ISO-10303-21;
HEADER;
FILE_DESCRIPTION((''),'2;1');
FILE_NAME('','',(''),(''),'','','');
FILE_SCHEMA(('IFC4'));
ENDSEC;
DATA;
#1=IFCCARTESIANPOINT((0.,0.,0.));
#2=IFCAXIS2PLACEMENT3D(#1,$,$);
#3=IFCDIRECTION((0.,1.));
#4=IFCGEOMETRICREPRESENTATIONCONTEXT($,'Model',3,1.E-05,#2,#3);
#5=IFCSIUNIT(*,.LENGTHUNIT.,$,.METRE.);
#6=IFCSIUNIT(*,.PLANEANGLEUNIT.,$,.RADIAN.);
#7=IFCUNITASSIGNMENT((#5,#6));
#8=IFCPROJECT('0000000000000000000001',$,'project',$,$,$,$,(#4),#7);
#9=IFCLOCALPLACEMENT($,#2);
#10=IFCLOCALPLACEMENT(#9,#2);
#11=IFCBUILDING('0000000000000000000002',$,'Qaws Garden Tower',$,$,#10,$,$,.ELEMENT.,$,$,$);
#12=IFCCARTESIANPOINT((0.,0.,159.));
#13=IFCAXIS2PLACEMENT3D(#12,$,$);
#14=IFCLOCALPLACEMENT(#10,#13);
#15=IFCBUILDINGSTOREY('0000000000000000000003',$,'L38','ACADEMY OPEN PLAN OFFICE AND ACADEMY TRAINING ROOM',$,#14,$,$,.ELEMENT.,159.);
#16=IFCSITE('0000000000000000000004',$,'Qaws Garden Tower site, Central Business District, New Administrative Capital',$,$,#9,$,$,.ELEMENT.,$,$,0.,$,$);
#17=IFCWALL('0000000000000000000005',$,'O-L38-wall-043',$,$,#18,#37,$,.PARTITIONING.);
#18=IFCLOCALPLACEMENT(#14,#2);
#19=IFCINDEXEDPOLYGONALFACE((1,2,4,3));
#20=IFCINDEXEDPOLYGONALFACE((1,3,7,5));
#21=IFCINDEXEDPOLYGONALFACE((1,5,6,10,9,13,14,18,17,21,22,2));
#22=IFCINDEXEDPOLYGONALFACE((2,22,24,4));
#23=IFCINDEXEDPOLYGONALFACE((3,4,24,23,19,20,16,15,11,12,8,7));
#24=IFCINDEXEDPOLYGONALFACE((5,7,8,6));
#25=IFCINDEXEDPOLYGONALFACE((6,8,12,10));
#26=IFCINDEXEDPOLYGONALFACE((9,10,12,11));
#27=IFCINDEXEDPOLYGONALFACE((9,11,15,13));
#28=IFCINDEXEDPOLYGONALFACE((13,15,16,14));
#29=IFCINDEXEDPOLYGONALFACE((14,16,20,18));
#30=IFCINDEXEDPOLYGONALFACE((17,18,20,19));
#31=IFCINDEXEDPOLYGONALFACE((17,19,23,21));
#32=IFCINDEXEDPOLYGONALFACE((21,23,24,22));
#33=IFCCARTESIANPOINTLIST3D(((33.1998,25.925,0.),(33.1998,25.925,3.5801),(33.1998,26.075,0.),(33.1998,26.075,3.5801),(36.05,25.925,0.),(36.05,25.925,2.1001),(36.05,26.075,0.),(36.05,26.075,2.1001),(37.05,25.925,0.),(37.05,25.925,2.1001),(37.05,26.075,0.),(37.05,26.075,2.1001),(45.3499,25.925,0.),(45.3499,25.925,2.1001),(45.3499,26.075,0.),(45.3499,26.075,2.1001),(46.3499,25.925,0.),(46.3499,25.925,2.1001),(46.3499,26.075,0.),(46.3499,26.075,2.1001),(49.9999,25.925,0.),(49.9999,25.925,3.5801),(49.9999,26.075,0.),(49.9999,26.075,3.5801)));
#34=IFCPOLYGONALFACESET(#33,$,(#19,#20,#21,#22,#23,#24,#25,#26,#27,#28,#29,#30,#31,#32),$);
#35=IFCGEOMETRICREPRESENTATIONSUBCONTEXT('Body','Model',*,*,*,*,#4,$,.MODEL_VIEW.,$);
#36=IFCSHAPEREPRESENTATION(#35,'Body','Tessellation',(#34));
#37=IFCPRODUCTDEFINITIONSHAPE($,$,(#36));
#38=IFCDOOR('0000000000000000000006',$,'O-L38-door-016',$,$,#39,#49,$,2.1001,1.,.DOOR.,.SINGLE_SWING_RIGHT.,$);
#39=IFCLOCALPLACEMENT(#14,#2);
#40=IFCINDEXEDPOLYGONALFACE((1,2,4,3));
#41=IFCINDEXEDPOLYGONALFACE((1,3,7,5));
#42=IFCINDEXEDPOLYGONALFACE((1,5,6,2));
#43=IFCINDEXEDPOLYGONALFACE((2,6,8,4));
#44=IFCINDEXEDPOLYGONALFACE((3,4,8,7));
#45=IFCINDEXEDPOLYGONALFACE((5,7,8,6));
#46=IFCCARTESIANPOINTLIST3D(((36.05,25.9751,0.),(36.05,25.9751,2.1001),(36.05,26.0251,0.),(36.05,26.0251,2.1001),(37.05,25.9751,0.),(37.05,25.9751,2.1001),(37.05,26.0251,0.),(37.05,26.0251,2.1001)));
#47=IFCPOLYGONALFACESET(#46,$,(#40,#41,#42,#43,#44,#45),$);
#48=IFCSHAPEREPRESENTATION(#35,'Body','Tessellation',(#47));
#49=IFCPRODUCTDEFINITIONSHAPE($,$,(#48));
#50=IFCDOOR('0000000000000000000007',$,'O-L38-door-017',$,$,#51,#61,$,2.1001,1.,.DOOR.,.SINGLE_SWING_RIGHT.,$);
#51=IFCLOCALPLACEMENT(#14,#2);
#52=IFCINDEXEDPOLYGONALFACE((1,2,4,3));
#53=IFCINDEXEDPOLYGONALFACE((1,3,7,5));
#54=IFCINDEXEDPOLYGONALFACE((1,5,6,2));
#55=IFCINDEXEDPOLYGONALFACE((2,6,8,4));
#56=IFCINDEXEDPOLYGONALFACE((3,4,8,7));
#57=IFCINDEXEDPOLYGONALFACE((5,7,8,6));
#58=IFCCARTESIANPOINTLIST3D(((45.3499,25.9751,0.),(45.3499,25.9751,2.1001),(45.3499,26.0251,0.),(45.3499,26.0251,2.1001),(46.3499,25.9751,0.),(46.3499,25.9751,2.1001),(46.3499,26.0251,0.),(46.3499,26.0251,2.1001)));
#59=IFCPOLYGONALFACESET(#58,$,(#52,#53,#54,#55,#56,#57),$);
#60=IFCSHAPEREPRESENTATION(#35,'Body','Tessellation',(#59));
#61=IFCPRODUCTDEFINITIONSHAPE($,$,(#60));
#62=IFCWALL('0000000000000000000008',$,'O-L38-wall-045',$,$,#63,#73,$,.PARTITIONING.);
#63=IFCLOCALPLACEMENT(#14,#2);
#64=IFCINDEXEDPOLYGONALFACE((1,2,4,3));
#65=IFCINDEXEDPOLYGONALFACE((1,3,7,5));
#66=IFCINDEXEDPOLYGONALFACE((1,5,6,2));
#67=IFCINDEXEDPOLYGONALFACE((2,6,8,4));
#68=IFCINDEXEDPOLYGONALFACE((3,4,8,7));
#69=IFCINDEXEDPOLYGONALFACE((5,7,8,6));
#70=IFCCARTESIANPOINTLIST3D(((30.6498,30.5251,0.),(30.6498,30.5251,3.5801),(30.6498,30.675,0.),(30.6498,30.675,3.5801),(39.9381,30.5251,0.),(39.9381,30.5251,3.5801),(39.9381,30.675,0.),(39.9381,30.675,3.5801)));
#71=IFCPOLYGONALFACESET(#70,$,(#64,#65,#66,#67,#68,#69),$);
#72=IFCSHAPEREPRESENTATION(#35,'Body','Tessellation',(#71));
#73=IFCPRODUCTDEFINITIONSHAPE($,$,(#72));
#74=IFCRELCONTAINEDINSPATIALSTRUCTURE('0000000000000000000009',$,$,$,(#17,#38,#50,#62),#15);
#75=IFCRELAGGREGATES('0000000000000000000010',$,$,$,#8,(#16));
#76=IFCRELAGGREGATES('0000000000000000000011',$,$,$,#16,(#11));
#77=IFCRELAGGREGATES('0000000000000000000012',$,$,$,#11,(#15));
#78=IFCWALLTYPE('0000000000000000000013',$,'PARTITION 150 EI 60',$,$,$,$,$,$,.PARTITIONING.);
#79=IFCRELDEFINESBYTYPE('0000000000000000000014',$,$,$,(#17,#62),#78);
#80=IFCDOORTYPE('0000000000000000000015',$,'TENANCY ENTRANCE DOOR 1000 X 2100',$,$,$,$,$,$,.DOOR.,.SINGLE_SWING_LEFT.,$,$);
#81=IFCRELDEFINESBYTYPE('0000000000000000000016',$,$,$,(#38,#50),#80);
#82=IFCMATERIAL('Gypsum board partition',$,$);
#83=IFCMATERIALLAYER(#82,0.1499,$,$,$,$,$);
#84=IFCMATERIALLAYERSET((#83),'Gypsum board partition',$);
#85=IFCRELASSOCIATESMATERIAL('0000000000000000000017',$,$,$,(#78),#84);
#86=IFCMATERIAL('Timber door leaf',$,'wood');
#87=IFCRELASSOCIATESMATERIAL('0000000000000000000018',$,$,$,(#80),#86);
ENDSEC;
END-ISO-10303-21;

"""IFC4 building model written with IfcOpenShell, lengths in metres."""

from ifc_helpers import new_model, si_unit, direction, frame, frame_2d, origin, place, context, subcontext, project, spatial, rectangle, extrude, material, layer, layer_set, type_object, element, fill, save


model = new_model("IFC4")

# Units and contexts
model_context = context("Model", 3, precision=1e-05, world=origin(), true_north=direction((0.0, 1.0)))
body_context = subcontext(model_context, "Body", "Model", "MODEL_VIEW")
ifc_project = project(units=[si_unit("LENGTHUNIT", "METRE"), si_unit("PLANEANGLEUNIT", "RADIAN")], contexts=[model_context])

# Site, building, storey
site_placement = place(None, origin())
site = spatial("IfcSite", under=ifc_project, at=site_placement, Name="Qaws Garden Tower site, Central Business District, New Administrative Capital", CompositionType="ELEMENT", RefElevation=0.0)
building_placement = place(site_placement, origin())
building = spatial("IfcBuilding", under=site, at=building_placement, Name="Qaws Garden Tower", CompositionType="ELEMENT")
storey_placement = place(building_placement, frame((0.0, 0.0, 159.0)))
storey = spatial("IfcBuildingStorey", under=building, at=storey_placement, Name="L38", Description="ACADEMY OPEN PLAN OFFICE AND ACADEMY TRAINING ROOM", CompositionType="ELEMENT", Elevation=159.0)

# Shared definitions
ifc_material_1 = material(Name="Gypsum board partition")
ifc_layer_1 = layer(ifc_material_1, 0.1499)
ifc_layer_set_1 = layer_set([ifc_layer_1], Name="Gypsum board partition")
wall_type_1 = type_object("IfcWallType", Name="PARTITION 150 EI 60", PredefinedType="PARTITIONING", material=ifc_layer_set_1)

# Shared definitions
ifc_material_2 = material(Name="Timber door leaf", Category="wood")
door_type_1 = type_object("IfcDoorType", Name="TENANCY ENTRANCE DOOR 1000 X 2100", OperationType="SINGLE_SWING_LEFT", PredefinedType="DOOR", material=ifc_material_2)

# Wall, openings, doors
wall_1_placement = place(storey_placement, frame((33.2, 26.0, 0.0), z_axis=(0.0, 0.0, 1.0), x_axis=(1.0, 0.0, 0.0)))
wall_1 = element("IfcWall", 1, at=wall_1_placement, inside=storey, type_object=wall_type_1, Name="O-L38-wall-043", PredefinedType="PARTITIONING", context=body_context, shape_type="SweptSolid", body=[
    extrude(rectangle(XDim=16.8, YDim=0.1499, at=frame_2d((8.3999, 0.0))), origin(), (0.0, 0.0, 1.0), 3.5801),
])
opening_1_placement = place(wall_1_placement, frame((2.8501, 0.0, 0.0)))
opening_1 = element("IfcOpeningElement", 2, at=opening_1_placement, cuts=wall_1, PredefinedType="OPENING", context=body_context, shape_type="SweptSolid", body=[
    extrude(rectangle(XDim=1.0, YDim=2.1001, at=frame_2d((0.5, 1.05))), frame((0.0, 0.085, 0.0), z_axis=(0.0, -1.0, 0.0), x_axis=(1.0, 0.0, 0.0)), (0.0, 0.0, 1.0), 0.1699),
])
opening_2_placement = place(wall_1_placement, frame((12.1499, 0.0, 0.0)))
opening_2 = element("IfcOpeningElement", 3, at=opening_2_placement, cuts=wall_1, PredefinedType="OPENING", context=body_context, shape_type="SweptSolid", body=[
    extrude(rectangle(XDim=1.0, YDim=2.1001, at=frame_2d((0.5, 1.05))), frame((0.0, 0.085, 0.0), z_axis=(0.0, -1.0, 0.0), x_axis=(1.0, 0.0, 0.0)), (0.0, 0.0, 1.0), 0.1699),
])
door_1_placement = place(opening_1_placement, frame((1.0, 0.0, 0.0), z_axis=(0.0, 0.0, 1.0), x_axis=(-1.0, 0.0, 0.0)))
door_1 = element("IfcDoor", 4, at=door_1_placement, inside=storey, type_object=door_type_1, Name="O-L38-door-016", OperationType="SINGLE_SWING_RIGHT", OverallHeight=2.1001, OverallWidth=1.0, PredefinedType="DOOR", context=body_context, shape_type="SweptSolid", body=[
    extrude(rectangle(XDim=1.0, YDim=2.1001, at=frame_2d((0.5, 1.05))), frame((0.0, 0.0249, 0.0), z_axis=(0.0, -1.0, 0.0), x_axis=(1.0, 0.0, 0.0)), (0.0, 0.0, 1.0), 0.05),
])
fill(opening_1, door_1)
door_2_placement = place(opening_2_placement, frame((1.0, 0.0, 0.0), z_axis=(0.0, 0.0, 1.0), x_axis=(-1.0, 0.0, 0.0)))
door_2 = element("IfcDoor", 5, at=door_2_placement, inside=storey, type_object=door_type_1, Name="O-L38-door-017", OperationType="SINGLE_SWING_RIGHT", OverallHeight=2.1001, OverallWidth=1.0, PredefinedType="DOOR", context=body_context, shape_type="SweptSolid", body=[
    extrude(rectangle(XDim=1.0, YDim=2.1001, at=frame_2d((0.5, 1.05))), frame((0.0, 0.0249, 0.0), z_axis=(0.0, -1.0, 0.0), x_axis=(1.0, 0.0, 0.0)), (0.0, 0.0, 1.0), 0.05),
])
fill(opening_2, door_2)

# Wall
wall_2_placement = place(storey_placement, frame((30.6499, 30.6001, 0.0), z_axis=(0.0, 0.0, 1.0), x_axis=(1.0, 0.0, 0.0)))
element("IfcWall", 6, at=wall_2_placement, inside=storey, type_object=wall_type_1, Name="O-L38-wall-045", PredefinedType="PARTITIONING", context=body_context, shape_type="SweptSolid", body=[
    extrude(rectangle(XDim=9.2883, YDim=0.1499, at=frame_2d((4.644, 0.0))), origin(), (0.0, 0.0, 1.0), 3.5801),
])

save(model, "model.ifc")
